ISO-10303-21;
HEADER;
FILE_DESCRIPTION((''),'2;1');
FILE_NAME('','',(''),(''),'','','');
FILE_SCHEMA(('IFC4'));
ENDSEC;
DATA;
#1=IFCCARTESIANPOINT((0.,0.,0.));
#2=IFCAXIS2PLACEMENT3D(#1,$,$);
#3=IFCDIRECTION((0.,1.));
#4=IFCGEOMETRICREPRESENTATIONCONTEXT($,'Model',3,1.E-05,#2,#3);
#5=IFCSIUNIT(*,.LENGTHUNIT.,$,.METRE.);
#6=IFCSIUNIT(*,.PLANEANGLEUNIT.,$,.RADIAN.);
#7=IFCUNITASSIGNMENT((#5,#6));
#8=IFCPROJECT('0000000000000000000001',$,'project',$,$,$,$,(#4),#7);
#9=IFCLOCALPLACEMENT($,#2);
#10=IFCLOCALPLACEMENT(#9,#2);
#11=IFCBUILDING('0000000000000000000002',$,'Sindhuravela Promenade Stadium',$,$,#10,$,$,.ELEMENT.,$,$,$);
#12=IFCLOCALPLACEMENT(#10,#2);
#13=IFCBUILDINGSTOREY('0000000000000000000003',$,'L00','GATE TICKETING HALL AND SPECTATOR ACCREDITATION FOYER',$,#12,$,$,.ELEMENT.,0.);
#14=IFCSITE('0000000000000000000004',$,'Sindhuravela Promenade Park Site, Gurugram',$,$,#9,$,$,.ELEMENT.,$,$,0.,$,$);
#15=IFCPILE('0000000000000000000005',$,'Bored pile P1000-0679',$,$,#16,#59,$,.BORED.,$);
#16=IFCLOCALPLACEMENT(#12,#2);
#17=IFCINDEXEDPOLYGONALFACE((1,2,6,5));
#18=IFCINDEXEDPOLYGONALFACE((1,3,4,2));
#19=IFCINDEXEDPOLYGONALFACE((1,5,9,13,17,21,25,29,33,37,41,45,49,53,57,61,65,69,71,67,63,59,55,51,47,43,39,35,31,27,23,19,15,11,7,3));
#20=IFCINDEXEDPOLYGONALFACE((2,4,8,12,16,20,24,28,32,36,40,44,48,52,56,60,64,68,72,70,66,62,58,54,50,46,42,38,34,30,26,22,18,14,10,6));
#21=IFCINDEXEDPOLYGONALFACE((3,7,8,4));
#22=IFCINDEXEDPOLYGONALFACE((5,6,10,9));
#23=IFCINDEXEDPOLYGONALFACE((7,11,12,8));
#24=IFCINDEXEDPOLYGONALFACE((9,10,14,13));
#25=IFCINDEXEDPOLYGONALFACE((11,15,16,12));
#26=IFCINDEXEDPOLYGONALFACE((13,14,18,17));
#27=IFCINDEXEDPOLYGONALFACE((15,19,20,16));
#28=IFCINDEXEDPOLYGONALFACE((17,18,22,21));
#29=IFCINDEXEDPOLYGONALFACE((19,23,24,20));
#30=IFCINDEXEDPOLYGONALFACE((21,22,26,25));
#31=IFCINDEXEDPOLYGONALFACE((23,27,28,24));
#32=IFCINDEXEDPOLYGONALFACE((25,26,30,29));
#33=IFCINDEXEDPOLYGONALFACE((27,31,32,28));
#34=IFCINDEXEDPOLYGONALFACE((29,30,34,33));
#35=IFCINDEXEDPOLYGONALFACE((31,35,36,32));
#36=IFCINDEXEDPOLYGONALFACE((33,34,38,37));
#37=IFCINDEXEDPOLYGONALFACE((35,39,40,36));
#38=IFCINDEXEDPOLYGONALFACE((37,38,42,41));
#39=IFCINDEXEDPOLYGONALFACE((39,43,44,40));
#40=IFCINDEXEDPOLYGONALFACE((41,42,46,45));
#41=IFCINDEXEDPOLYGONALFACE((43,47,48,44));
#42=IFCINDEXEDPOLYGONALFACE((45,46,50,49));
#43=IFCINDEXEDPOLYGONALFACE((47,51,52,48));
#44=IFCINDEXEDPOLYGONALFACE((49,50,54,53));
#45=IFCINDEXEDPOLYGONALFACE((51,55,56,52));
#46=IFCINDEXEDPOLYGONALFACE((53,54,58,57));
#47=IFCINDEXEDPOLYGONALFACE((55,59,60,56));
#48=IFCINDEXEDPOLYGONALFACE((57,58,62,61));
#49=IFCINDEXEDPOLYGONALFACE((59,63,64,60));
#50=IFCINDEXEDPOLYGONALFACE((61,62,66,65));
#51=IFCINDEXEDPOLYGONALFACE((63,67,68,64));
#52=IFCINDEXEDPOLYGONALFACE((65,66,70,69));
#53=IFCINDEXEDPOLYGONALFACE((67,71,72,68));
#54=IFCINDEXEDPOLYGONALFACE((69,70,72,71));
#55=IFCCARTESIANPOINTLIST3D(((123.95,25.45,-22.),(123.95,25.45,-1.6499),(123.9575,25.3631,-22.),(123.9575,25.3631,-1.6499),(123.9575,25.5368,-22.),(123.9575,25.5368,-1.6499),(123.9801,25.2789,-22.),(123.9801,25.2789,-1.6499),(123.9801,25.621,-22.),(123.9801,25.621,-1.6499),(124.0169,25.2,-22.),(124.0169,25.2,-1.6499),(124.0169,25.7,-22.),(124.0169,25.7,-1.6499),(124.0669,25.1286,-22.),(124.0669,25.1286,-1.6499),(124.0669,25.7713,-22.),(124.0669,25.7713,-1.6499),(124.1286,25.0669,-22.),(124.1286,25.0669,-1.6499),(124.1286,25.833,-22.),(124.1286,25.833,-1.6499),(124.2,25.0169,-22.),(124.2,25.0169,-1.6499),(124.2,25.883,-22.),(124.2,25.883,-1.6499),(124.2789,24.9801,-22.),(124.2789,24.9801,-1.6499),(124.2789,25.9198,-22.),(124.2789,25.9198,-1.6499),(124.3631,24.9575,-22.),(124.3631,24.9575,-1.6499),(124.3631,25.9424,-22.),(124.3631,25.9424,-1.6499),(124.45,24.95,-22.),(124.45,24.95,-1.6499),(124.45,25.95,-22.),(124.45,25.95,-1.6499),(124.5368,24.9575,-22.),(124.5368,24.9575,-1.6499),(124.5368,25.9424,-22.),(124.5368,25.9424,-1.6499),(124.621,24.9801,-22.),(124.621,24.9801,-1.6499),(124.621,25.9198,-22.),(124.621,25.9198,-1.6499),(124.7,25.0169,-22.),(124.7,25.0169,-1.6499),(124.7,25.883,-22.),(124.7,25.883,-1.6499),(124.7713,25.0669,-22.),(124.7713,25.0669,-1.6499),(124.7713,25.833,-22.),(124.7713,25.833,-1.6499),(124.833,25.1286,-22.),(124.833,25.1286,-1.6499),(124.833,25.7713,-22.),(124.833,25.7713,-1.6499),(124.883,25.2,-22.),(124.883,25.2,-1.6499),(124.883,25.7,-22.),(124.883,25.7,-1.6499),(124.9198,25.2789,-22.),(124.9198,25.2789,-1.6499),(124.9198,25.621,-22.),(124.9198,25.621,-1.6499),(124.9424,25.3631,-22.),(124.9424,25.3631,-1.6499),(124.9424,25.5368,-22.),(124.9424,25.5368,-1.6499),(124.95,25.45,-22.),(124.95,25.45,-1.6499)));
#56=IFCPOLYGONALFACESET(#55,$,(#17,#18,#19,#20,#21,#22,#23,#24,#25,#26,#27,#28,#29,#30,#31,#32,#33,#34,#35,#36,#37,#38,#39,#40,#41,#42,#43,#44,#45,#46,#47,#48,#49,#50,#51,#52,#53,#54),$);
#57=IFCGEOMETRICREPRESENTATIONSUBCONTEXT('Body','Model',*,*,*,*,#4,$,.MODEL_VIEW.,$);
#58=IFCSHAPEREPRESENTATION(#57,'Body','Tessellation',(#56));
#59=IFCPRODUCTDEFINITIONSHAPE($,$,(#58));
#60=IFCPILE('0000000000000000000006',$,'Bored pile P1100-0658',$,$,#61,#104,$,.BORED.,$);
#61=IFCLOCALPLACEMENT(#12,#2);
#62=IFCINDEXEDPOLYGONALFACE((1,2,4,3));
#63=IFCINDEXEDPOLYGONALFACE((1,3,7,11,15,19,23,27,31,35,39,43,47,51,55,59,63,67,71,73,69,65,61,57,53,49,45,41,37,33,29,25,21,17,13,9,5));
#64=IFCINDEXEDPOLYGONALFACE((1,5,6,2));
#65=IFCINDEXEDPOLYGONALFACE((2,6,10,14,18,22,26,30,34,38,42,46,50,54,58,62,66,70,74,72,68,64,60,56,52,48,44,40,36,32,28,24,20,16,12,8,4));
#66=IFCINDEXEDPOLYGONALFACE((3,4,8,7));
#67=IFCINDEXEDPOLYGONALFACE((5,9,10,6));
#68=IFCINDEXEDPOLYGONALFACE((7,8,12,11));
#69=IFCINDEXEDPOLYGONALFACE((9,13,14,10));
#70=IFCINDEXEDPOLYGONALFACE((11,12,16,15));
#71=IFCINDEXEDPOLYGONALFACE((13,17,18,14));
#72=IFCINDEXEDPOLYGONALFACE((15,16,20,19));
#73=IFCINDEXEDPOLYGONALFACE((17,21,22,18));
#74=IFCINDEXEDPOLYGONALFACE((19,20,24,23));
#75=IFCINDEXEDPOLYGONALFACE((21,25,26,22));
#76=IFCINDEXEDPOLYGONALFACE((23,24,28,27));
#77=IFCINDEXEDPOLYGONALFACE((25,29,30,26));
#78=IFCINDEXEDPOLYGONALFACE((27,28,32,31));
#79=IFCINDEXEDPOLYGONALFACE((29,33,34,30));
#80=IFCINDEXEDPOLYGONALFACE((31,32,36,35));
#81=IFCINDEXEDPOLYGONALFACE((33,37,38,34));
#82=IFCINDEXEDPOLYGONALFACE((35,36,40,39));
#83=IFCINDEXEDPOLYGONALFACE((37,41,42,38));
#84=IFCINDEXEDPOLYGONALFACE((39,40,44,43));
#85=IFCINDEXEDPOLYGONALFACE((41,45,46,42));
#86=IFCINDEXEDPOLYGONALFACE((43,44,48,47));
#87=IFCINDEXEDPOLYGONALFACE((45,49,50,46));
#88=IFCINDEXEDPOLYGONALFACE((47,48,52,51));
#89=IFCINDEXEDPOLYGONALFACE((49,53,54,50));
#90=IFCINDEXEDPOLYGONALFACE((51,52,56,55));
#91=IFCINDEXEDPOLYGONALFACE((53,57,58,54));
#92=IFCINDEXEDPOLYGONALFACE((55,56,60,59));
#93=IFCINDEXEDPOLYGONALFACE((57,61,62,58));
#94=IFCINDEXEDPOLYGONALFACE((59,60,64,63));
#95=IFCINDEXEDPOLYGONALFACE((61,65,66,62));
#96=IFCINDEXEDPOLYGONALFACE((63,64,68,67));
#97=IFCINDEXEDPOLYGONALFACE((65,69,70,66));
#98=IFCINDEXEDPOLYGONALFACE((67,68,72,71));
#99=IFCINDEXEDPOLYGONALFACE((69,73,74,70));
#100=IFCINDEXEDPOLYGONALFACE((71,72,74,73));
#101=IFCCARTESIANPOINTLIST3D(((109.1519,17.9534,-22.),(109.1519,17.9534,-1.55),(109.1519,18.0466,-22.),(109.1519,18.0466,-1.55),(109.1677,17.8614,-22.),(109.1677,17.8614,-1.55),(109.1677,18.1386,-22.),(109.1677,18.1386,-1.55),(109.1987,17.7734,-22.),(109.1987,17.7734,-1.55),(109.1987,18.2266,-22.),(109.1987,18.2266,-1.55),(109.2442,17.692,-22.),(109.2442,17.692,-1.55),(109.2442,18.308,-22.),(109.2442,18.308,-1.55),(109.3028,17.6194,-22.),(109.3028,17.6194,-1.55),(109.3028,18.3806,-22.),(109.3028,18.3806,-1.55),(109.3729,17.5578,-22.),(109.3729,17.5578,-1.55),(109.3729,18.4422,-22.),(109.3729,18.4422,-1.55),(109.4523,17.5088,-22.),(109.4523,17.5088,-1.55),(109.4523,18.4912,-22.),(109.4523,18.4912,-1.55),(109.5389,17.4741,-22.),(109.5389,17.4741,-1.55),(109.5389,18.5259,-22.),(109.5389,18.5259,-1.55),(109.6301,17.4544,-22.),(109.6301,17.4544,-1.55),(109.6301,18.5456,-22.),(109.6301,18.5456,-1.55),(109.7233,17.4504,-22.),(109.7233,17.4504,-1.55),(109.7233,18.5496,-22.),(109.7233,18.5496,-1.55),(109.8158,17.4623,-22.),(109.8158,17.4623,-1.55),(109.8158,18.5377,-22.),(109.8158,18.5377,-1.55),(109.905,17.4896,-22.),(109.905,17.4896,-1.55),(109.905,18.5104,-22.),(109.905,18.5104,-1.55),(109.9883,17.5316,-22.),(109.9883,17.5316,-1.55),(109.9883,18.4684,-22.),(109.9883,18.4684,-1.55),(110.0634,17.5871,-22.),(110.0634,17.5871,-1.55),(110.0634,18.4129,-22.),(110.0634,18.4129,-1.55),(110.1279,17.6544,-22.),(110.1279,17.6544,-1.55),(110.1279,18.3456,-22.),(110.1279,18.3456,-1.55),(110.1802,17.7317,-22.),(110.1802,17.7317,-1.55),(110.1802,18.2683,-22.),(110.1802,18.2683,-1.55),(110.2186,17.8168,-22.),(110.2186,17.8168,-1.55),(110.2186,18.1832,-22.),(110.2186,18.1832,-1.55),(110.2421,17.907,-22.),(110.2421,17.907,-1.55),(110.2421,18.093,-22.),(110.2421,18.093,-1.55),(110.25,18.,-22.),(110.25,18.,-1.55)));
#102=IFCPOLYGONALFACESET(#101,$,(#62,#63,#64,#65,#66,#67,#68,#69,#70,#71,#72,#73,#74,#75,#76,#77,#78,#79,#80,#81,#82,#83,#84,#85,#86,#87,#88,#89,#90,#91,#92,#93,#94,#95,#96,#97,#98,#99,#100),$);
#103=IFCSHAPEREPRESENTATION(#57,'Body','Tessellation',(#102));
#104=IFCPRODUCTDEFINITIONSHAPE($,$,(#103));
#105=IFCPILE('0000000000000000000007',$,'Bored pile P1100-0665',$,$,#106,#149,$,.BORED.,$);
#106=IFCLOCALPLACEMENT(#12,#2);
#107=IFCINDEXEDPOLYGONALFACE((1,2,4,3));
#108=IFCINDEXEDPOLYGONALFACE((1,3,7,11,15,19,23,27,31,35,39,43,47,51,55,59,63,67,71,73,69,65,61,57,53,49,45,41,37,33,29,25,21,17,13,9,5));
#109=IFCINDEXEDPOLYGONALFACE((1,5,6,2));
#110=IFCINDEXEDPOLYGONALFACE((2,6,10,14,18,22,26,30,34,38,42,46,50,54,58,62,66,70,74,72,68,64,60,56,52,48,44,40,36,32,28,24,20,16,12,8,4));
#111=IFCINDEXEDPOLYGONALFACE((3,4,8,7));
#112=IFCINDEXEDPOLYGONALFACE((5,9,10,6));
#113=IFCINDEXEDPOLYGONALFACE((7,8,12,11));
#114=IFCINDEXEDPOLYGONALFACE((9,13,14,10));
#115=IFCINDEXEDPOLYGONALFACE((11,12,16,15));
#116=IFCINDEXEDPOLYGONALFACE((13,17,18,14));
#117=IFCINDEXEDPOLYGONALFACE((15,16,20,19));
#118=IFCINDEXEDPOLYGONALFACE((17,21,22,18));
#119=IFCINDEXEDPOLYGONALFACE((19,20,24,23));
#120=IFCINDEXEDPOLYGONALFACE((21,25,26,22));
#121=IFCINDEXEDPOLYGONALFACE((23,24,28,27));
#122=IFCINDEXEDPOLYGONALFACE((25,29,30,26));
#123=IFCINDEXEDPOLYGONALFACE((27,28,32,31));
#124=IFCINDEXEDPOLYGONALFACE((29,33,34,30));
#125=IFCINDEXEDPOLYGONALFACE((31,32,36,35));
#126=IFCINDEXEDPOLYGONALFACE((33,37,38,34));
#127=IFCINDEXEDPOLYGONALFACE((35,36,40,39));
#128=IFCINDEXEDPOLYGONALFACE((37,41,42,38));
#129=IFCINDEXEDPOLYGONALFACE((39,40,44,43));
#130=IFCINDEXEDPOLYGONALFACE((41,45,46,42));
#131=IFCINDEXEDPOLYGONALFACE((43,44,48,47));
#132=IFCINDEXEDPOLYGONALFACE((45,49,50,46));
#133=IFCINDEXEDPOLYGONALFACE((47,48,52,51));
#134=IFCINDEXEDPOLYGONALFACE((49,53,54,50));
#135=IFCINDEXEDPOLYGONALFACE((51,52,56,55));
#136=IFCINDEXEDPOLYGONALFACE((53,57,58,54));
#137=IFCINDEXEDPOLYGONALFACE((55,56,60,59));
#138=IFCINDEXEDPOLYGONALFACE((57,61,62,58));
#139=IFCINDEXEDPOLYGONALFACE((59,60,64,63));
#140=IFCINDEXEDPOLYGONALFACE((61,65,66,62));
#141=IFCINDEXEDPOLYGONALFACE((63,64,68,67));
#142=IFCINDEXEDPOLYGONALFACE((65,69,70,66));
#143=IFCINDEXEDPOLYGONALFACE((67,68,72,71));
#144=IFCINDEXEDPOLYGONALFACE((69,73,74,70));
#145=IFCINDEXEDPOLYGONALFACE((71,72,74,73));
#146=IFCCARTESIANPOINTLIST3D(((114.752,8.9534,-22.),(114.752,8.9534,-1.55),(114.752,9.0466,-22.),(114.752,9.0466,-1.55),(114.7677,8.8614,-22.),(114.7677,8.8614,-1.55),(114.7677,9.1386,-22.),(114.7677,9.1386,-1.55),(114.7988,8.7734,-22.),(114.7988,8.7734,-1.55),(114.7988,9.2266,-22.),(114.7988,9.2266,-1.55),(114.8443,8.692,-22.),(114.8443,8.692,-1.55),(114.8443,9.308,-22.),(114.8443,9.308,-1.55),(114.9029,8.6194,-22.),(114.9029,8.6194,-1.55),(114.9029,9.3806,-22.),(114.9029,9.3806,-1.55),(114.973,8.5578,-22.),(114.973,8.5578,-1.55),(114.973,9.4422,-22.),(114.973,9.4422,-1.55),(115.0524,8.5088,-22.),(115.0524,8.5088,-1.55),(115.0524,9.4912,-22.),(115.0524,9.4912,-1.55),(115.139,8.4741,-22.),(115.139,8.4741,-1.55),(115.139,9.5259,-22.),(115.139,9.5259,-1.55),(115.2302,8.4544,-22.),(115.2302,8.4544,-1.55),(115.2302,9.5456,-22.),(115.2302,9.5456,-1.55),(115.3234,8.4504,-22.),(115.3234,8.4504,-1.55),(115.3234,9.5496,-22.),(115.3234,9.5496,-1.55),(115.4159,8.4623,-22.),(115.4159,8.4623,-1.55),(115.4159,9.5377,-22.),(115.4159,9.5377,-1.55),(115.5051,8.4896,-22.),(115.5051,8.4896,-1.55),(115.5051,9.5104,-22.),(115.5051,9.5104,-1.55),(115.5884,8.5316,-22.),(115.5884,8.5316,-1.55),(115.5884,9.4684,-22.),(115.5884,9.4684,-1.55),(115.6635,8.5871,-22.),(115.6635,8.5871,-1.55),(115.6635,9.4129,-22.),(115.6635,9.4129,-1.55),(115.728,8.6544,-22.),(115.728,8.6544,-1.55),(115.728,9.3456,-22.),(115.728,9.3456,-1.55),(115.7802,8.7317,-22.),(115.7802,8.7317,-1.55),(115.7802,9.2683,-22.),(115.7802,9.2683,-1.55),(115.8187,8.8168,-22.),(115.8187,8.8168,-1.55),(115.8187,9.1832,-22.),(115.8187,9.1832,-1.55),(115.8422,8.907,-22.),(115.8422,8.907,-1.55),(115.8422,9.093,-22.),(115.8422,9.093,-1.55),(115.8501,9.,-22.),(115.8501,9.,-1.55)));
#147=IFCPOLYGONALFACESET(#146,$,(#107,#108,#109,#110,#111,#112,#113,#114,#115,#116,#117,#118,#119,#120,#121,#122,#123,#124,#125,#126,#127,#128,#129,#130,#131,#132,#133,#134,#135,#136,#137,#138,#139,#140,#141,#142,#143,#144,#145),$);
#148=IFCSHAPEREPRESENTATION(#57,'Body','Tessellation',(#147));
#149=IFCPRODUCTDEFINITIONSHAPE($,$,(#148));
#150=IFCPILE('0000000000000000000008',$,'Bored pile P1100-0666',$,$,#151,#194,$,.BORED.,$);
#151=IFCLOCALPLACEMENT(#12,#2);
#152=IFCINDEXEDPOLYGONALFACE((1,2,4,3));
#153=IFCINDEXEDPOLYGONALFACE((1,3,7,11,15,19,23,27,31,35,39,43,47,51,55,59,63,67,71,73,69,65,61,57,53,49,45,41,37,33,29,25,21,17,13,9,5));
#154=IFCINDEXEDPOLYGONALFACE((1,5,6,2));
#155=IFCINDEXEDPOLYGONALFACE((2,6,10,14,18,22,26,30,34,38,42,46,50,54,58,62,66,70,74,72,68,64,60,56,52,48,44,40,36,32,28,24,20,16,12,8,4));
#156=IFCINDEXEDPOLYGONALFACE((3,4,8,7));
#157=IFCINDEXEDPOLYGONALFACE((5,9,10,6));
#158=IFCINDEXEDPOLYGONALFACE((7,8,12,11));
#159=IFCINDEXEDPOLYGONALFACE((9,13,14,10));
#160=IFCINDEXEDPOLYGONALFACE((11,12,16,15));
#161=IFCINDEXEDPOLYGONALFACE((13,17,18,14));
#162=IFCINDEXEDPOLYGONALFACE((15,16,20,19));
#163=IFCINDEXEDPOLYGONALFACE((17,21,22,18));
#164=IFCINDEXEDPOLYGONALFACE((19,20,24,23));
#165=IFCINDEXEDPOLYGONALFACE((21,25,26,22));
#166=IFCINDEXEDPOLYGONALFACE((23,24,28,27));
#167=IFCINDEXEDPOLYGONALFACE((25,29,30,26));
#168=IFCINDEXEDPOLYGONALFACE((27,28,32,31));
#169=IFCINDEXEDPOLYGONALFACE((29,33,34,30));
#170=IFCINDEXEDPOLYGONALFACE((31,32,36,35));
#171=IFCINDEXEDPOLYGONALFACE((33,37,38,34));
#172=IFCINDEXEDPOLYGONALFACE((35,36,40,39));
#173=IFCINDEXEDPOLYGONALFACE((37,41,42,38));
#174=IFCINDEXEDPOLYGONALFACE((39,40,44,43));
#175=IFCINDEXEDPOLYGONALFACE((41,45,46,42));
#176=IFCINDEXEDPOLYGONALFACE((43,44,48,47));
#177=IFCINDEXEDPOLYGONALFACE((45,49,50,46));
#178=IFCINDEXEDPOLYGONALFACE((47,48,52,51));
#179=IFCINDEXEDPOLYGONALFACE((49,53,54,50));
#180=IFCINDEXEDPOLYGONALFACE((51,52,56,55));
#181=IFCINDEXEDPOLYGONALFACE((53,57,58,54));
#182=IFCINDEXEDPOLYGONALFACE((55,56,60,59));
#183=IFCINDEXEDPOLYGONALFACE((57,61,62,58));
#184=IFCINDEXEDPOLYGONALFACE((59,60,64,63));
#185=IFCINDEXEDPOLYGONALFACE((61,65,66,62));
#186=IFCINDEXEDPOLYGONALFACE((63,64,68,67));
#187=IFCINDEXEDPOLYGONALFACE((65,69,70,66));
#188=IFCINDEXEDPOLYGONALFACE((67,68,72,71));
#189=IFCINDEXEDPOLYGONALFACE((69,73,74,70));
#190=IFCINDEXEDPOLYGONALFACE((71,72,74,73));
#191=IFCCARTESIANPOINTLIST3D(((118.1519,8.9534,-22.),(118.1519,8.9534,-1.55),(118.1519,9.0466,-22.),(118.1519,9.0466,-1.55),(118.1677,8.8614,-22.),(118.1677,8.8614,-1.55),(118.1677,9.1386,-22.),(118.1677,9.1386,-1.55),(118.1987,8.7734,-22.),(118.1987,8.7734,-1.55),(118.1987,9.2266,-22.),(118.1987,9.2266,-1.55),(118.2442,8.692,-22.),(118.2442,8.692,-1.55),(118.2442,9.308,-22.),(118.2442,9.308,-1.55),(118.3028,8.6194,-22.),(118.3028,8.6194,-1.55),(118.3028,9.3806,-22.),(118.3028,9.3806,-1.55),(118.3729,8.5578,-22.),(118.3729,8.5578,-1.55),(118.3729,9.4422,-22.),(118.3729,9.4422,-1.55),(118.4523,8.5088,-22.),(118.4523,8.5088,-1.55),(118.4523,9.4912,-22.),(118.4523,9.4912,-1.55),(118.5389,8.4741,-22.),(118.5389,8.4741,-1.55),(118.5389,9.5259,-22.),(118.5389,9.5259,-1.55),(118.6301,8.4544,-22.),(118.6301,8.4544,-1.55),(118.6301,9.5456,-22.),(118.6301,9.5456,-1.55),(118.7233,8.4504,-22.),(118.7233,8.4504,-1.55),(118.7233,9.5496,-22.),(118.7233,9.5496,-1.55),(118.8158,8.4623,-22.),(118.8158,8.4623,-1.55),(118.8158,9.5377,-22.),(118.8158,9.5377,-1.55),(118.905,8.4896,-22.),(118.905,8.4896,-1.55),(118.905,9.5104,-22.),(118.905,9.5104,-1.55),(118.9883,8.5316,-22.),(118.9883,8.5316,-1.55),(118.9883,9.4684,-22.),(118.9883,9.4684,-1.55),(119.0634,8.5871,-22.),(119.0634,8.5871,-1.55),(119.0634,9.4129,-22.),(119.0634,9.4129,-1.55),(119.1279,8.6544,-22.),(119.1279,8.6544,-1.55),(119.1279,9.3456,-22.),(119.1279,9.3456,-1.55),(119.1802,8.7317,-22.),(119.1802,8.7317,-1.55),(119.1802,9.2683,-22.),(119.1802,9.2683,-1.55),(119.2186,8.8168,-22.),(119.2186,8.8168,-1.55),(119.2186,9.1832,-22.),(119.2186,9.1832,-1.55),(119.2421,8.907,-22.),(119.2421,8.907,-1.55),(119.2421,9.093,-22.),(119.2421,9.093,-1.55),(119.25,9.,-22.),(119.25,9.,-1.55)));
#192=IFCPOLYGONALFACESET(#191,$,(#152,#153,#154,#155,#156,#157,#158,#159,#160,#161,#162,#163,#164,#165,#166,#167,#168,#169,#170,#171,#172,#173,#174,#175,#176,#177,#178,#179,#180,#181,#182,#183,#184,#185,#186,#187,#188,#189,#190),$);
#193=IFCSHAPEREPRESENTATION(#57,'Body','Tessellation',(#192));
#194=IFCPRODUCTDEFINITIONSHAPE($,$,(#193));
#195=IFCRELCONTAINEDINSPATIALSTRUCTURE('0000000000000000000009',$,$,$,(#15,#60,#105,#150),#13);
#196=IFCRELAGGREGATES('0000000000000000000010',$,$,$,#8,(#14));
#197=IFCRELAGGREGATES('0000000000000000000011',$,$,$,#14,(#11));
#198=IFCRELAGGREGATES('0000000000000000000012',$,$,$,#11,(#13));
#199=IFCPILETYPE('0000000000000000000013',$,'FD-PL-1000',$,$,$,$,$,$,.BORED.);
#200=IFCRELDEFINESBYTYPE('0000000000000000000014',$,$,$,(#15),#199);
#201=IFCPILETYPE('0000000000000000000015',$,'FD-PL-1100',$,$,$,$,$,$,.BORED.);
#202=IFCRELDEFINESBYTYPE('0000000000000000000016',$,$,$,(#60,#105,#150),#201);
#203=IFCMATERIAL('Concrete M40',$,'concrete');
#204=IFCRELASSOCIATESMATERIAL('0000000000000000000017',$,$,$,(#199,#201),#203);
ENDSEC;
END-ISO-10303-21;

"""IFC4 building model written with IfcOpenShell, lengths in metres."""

from ifc_helpers import new_model, si_unit, direction, frame, origin, origin_2d, place, context, subcontext, project, spatial, circle, extrude, material, material_profile, profile_set, type_object, element, save


model = new_model("IFC4")

# Units and contexts
model_context = context("Model", 3, precision=1e-05, world=origin(), true_north=direction((0.0, 1.0)))
body_context = subcontext(model_context, "Body", "Model", "MODEL_VIEW")
ifc_project = project(units=[si_unit("LENGTHUNIT", "METRE"), si_unit("PLANEANGLEUNIT", "RADIAN")], contexts=[model_context])

# Site, building, storey
site_placement = place(None, origin())
site = spatial("IfcSite", under=ifc_project, at=site_placement, Name="Sindhuravela Promenade Park Site, Gurugram", CompositionType="ELEMENT", RefElevation=0.0)
building_placement = place(site_placement, origin())
building = spatial("IfcBuilding", under=site, at=building_placement, Name="Sindhuravela Promenade Stadium", CompositionType="ELEMENT")
storey_placement = place(building_placement, origin())
storey = spatial("IfcBuildingStorey", under=building, at=storey_placement, Name="L00", Description="GATE TICKETING HALL AND SPECTATOR ACCREDITATION FOYER", CompositionType="ELEMENT", Elevation=0.0)

# Piles
ifc_material_1 = material(Name="Concrete M40", Category="concrete")
ifc_material_profile_1 = material_profile(ifc_material_1, circle(Radius=0.5, at=origin_2d()), Name="BORED PILE D1000")
ifc_profile_set_1 = profile_set([ifc_material_profile_1], Name="Concrete M40")
pile_type_1 = type_object("IfcPileType", Name="FD-PL-1000", PredefinedType="BORED", material=ifc_profile_set_1)
for number, where, z_axis, x_axis, name in (
    (1, (124.45, 25.45, -1.6499), (0.0, 0.0, -1.0), (1.0, 0.0, 0.0), "Bored pile P1000-0679"),
):
    element("IfcPile", number, at=place(storey_placement, frame(where, z_axis=z_axis, x_axis=x_axis)), inside=storey, type_object=pile_type_1, Name=name, PredefinedType="BORED", context=body_context, shape_type="SweptSolid", body=[
        extrude(circle(Radius=0.5, at=origin_2d()), origin(), (0.0, 0.0, 1.0), 20.3501),
    ])
ifc_material_profile_2 = material_profile(ifc_material_1, circle(Radius=0.55, at=origin_2d()), Name="BORED PILE D1100")
ifc_profile_set_2 = profile_set([ifc_material_profile_2], Name="Concrete M40")
pile_type_2 = type_object("IfcPileType", Name="FD-PL-1100", PredefinedType="BORED", material=ifc_profile_set_2)
for number, where, z_axis, x_axis, name in (
    (2, (109.7, 18.0, -1.55), (0.0, 0.0, -1.0), (1.0, 0.0, 0.0), "Bored pile P1100-0658"),
    (3, (115.3, 9.0, -1.55), (0.0, 0.0, -1.0), (1.0, 0.0, 0.0), "Bored pile P1100-0665"),
    (4, (118.7, 9.0, -1.55), (0.0, 0.0, -1.0), (1.0, 0.0, 0.0), "Bored pile P1100-0666"),
):
    element("IfcPile", number, at=place(storey_placement, frame(where, z_axis=z_axis, x_axis=x_axis)), inside=storey, type_object=pile_type_2, Name=name, PredefinedType="BORED", context=body_context, shape_type="SweptSolid", body=[
        extrude(circle(Radius=0.55, at=origin_2d()), origin(), (0.0, 0.0, 1.0), 20.45),
    ])

save(model, "model.ifc")
